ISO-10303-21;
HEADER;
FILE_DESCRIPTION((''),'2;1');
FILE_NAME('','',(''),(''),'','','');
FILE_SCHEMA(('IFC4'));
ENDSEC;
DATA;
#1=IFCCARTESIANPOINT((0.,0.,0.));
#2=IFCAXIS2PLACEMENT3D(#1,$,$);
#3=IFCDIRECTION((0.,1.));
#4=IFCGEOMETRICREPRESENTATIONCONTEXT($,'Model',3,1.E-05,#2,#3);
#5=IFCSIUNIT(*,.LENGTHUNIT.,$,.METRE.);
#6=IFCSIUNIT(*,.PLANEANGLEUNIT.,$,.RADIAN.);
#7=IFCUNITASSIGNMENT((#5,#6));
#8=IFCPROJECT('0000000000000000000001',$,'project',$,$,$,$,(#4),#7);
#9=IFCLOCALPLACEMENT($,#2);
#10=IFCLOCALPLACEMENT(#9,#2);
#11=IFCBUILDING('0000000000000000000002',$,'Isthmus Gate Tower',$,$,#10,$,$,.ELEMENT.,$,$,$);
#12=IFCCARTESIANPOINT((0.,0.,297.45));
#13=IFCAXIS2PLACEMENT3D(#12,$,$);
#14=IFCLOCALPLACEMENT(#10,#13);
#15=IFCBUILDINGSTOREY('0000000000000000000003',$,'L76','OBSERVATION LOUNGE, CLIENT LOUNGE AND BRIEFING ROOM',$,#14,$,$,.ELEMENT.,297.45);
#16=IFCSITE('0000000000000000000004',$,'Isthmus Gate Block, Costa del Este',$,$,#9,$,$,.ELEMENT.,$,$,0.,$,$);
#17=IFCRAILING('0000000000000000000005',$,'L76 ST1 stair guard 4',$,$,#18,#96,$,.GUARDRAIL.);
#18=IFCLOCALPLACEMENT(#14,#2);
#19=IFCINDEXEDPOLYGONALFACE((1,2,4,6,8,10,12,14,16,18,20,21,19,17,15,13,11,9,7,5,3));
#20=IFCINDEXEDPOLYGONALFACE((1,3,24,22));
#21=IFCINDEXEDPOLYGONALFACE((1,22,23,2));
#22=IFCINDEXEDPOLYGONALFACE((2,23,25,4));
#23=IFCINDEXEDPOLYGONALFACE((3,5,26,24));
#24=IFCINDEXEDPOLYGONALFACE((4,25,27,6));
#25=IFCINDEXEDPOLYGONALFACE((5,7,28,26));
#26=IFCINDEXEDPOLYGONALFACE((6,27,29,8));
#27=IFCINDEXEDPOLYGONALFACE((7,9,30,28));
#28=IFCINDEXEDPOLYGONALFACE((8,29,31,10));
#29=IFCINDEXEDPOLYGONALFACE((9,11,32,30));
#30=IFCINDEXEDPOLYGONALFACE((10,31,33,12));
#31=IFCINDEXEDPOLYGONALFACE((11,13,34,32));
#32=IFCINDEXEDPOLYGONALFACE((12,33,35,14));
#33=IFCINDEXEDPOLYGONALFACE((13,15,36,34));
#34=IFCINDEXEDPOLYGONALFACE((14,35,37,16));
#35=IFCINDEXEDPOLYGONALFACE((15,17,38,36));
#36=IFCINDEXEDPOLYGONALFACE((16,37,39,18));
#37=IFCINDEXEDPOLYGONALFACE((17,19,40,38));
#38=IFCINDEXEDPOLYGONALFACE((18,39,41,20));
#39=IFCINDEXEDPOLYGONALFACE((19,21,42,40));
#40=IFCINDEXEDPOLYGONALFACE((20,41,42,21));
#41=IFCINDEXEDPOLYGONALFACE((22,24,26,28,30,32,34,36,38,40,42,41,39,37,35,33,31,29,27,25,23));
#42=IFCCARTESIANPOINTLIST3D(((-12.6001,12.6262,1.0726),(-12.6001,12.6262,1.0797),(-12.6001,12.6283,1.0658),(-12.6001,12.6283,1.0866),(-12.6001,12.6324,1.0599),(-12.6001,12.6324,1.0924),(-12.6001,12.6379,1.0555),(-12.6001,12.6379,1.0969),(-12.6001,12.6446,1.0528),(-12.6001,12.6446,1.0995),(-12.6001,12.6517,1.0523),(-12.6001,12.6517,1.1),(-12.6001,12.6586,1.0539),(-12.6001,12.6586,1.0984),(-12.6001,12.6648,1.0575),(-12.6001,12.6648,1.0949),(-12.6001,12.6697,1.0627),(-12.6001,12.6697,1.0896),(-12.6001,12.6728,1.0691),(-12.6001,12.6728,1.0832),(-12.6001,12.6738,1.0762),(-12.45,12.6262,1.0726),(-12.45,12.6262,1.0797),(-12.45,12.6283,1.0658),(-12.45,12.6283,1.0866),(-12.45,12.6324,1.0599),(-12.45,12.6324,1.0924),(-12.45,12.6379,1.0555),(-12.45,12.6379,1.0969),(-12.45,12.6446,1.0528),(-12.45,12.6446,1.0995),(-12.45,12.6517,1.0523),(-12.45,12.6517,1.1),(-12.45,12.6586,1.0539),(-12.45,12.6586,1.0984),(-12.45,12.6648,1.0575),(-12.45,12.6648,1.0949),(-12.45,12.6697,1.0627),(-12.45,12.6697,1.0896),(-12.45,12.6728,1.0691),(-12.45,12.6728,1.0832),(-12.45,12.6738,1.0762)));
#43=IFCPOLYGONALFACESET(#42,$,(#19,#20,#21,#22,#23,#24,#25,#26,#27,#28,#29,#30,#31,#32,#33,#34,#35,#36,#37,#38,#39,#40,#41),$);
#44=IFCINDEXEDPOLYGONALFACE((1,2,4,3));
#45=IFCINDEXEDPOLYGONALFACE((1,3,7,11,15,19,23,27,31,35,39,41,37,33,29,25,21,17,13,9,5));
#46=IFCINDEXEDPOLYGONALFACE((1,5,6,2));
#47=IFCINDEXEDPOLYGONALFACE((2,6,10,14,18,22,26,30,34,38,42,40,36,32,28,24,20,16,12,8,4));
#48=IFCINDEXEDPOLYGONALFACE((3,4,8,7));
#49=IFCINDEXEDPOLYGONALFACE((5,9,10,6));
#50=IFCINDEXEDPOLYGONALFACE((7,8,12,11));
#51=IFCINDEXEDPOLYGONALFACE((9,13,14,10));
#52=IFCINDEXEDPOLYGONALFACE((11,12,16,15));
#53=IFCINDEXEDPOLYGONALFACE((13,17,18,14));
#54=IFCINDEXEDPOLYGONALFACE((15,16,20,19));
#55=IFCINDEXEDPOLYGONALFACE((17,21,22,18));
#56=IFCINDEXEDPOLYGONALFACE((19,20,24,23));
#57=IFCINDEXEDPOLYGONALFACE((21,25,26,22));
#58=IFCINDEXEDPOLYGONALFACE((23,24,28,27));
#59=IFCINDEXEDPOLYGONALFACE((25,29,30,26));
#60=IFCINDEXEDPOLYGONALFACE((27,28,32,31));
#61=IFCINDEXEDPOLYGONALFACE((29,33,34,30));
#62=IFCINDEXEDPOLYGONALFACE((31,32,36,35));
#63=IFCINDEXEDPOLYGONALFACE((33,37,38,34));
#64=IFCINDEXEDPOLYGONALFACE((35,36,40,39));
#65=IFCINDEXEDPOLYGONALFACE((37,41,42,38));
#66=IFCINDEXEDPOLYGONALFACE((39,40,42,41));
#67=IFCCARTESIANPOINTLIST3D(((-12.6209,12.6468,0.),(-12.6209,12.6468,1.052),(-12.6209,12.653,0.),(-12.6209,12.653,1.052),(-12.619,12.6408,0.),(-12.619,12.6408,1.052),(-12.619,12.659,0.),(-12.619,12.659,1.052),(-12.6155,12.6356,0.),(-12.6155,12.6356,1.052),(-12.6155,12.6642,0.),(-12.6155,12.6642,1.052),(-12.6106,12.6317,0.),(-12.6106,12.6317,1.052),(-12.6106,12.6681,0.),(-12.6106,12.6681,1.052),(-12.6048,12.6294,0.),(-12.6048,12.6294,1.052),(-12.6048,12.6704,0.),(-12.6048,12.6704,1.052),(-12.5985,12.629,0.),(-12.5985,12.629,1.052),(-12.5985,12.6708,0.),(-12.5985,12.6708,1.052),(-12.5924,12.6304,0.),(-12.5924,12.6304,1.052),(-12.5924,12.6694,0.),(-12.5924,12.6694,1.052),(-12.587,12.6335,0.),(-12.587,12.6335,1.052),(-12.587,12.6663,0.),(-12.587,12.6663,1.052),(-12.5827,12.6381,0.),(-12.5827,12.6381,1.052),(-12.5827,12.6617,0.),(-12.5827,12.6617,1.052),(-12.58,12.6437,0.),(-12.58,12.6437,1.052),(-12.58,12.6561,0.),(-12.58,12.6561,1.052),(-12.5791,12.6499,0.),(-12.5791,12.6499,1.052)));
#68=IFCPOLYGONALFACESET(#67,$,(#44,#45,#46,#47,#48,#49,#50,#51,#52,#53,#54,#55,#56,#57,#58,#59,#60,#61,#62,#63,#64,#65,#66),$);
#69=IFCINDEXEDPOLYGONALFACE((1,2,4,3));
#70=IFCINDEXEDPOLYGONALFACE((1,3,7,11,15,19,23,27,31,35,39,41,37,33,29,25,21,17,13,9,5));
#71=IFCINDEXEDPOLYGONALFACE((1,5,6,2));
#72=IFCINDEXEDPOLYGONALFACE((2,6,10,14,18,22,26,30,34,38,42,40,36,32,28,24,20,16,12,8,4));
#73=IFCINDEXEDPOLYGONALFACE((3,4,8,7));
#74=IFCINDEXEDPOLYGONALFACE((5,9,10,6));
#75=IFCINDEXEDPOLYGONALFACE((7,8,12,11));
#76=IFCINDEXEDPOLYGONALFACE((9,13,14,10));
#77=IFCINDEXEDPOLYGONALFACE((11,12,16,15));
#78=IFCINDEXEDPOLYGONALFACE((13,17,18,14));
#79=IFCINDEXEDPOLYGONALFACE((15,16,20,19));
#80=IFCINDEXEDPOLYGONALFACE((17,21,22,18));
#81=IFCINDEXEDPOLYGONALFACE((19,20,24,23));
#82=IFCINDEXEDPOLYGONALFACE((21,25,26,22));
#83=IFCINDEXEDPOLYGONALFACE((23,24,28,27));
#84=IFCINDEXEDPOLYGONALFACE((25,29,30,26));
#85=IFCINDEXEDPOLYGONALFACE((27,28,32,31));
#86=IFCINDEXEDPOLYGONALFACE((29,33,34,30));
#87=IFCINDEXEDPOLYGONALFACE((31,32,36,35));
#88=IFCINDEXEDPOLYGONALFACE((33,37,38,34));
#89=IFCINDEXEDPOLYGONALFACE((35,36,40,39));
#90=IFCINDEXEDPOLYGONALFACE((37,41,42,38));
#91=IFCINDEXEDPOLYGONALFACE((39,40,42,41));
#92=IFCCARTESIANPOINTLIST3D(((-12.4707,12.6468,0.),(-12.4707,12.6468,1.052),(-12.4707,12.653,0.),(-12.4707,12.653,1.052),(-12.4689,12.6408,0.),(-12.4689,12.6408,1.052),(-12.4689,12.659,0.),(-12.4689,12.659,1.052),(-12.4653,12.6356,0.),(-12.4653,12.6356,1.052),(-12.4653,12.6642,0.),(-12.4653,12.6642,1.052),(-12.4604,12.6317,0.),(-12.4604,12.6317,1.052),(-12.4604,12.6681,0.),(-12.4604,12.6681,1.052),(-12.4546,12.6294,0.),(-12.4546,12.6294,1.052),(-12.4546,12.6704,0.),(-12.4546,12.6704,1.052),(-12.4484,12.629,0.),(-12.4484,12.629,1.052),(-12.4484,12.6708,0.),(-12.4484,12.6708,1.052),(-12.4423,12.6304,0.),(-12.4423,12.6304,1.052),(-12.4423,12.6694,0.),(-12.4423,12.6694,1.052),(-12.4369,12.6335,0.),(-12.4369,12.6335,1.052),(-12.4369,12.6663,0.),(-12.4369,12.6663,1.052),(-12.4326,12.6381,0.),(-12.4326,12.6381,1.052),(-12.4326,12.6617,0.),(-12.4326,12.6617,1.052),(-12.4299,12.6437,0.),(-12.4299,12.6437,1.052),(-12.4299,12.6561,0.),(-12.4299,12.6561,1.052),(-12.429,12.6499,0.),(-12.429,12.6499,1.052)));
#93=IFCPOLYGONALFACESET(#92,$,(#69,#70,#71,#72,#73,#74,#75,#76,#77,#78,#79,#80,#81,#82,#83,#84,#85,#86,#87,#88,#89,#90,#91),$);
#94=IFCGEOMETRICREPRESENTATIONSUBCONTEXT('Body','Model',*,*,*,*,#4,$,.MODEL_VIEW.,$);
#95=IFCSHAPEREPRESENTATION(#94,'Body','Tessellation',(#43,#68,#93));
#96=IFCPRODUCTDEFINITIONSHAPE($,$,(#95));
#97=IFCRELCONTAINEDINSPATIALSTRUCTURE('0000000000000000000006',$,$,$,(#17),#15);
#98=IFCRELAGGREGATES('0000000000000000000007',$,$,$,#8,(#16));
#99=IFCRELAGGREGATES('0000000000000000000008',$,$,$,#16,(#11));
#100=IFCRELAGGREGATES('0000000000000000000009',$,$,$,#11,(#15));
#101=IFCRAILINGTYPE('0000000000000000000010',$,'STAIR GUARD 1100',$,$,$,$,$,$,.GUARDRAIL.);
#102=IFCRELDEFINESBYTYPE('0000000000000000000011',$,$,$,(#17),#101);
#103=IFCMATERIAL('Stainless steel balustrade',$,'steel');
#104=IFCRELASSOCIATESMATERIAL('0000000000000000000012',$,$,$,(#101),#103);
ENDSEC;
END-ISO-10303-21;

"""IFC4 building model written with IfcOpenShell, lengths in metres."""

from ifc_helpers import new_model, si_unit, direction, frame, origin, origin_2d, place, context, subcontext, project, spatial, circle, extrude, material, type_object, element, save


model = new_model("IFC4")

# Units and contexts
model_context = context("Model", 3, precision=1e-05, world=origin(), true_north=direction((0.0, 1.0)))
body_context = subcontext(model_context, "Body", "Model", "MODEL_VIEW")
ifc_project = project(units=[si_unit("LENGTHUNIT", "METRE"), si_unit("PLANEANGLEUNIT", "RADIAN")], contexts=[model_context])

# Site, building, storey
site_placement = place(None, origin())
site = spatial("IfcSite", under=ifc_project, at=site_placement, Name="Isthmus Gate Block, Costa del Este", CompositionType="ELEMENT", RefElevation=0.0)
building_placement = place(site_placement, origin())
building = spatial("IfcBuilding", under=site, at=building_placement, Name="Isthmus Gate Tower", CompositionType="ELEMENT")
storey_placement = place(building_placement, frame((0.0, 0.0, 297.45)))
storey = spatial("IfcBuildingStorey", under=building, at=storey_placement, Name="L76", Description="OBSERVATION LOUNGE, CLIENT LOUNGE AND BRIEFING ROOM", CompositionType="ELEMENT", Elevation=297.45)

# Railing
ifc_material_1 = material(Name="Stainless steel balustrade", Category="steel")
railing_type_1 = type_object("IfcRailingType", Name="STAIR GUARD 1100", PredefinedType="GUARDRAIL", material=ifc_material_1)
railing_1_placement = place(storey_placement, frame((-12.6001, 12.6499, 0.0)))
element("IfcRailing", 1, at=railing_1_placement, inside=storey, type_object=railing_type_1, Name="L76 ST1 stair guard 4", PredefinedType="GUARDRAIL", context=body_context, shape_type="SweptSolid", body=[
    extrude(circle(Radius=0.0239, at=origin_2d()), frame((0.0, 0.0, 1.0762), z_axis=(1.0, 0.0, 0.0), x_axis=(0.0, 1.0, 0.0)), (0.0, 0.0, 1.0), 0.1501),
    extrude(circle(Radius=0.021, at=origin_2d()), origin(), (0.0, 0.0, 1.0), 1.052),
    extrude(circle(Radius=0.021, at=origin_2d()), frame((0.1501, 0.0, 0.0)), (0.0, 0.0, 1.0), 1.052),
])

save(model, "model.ifc")
